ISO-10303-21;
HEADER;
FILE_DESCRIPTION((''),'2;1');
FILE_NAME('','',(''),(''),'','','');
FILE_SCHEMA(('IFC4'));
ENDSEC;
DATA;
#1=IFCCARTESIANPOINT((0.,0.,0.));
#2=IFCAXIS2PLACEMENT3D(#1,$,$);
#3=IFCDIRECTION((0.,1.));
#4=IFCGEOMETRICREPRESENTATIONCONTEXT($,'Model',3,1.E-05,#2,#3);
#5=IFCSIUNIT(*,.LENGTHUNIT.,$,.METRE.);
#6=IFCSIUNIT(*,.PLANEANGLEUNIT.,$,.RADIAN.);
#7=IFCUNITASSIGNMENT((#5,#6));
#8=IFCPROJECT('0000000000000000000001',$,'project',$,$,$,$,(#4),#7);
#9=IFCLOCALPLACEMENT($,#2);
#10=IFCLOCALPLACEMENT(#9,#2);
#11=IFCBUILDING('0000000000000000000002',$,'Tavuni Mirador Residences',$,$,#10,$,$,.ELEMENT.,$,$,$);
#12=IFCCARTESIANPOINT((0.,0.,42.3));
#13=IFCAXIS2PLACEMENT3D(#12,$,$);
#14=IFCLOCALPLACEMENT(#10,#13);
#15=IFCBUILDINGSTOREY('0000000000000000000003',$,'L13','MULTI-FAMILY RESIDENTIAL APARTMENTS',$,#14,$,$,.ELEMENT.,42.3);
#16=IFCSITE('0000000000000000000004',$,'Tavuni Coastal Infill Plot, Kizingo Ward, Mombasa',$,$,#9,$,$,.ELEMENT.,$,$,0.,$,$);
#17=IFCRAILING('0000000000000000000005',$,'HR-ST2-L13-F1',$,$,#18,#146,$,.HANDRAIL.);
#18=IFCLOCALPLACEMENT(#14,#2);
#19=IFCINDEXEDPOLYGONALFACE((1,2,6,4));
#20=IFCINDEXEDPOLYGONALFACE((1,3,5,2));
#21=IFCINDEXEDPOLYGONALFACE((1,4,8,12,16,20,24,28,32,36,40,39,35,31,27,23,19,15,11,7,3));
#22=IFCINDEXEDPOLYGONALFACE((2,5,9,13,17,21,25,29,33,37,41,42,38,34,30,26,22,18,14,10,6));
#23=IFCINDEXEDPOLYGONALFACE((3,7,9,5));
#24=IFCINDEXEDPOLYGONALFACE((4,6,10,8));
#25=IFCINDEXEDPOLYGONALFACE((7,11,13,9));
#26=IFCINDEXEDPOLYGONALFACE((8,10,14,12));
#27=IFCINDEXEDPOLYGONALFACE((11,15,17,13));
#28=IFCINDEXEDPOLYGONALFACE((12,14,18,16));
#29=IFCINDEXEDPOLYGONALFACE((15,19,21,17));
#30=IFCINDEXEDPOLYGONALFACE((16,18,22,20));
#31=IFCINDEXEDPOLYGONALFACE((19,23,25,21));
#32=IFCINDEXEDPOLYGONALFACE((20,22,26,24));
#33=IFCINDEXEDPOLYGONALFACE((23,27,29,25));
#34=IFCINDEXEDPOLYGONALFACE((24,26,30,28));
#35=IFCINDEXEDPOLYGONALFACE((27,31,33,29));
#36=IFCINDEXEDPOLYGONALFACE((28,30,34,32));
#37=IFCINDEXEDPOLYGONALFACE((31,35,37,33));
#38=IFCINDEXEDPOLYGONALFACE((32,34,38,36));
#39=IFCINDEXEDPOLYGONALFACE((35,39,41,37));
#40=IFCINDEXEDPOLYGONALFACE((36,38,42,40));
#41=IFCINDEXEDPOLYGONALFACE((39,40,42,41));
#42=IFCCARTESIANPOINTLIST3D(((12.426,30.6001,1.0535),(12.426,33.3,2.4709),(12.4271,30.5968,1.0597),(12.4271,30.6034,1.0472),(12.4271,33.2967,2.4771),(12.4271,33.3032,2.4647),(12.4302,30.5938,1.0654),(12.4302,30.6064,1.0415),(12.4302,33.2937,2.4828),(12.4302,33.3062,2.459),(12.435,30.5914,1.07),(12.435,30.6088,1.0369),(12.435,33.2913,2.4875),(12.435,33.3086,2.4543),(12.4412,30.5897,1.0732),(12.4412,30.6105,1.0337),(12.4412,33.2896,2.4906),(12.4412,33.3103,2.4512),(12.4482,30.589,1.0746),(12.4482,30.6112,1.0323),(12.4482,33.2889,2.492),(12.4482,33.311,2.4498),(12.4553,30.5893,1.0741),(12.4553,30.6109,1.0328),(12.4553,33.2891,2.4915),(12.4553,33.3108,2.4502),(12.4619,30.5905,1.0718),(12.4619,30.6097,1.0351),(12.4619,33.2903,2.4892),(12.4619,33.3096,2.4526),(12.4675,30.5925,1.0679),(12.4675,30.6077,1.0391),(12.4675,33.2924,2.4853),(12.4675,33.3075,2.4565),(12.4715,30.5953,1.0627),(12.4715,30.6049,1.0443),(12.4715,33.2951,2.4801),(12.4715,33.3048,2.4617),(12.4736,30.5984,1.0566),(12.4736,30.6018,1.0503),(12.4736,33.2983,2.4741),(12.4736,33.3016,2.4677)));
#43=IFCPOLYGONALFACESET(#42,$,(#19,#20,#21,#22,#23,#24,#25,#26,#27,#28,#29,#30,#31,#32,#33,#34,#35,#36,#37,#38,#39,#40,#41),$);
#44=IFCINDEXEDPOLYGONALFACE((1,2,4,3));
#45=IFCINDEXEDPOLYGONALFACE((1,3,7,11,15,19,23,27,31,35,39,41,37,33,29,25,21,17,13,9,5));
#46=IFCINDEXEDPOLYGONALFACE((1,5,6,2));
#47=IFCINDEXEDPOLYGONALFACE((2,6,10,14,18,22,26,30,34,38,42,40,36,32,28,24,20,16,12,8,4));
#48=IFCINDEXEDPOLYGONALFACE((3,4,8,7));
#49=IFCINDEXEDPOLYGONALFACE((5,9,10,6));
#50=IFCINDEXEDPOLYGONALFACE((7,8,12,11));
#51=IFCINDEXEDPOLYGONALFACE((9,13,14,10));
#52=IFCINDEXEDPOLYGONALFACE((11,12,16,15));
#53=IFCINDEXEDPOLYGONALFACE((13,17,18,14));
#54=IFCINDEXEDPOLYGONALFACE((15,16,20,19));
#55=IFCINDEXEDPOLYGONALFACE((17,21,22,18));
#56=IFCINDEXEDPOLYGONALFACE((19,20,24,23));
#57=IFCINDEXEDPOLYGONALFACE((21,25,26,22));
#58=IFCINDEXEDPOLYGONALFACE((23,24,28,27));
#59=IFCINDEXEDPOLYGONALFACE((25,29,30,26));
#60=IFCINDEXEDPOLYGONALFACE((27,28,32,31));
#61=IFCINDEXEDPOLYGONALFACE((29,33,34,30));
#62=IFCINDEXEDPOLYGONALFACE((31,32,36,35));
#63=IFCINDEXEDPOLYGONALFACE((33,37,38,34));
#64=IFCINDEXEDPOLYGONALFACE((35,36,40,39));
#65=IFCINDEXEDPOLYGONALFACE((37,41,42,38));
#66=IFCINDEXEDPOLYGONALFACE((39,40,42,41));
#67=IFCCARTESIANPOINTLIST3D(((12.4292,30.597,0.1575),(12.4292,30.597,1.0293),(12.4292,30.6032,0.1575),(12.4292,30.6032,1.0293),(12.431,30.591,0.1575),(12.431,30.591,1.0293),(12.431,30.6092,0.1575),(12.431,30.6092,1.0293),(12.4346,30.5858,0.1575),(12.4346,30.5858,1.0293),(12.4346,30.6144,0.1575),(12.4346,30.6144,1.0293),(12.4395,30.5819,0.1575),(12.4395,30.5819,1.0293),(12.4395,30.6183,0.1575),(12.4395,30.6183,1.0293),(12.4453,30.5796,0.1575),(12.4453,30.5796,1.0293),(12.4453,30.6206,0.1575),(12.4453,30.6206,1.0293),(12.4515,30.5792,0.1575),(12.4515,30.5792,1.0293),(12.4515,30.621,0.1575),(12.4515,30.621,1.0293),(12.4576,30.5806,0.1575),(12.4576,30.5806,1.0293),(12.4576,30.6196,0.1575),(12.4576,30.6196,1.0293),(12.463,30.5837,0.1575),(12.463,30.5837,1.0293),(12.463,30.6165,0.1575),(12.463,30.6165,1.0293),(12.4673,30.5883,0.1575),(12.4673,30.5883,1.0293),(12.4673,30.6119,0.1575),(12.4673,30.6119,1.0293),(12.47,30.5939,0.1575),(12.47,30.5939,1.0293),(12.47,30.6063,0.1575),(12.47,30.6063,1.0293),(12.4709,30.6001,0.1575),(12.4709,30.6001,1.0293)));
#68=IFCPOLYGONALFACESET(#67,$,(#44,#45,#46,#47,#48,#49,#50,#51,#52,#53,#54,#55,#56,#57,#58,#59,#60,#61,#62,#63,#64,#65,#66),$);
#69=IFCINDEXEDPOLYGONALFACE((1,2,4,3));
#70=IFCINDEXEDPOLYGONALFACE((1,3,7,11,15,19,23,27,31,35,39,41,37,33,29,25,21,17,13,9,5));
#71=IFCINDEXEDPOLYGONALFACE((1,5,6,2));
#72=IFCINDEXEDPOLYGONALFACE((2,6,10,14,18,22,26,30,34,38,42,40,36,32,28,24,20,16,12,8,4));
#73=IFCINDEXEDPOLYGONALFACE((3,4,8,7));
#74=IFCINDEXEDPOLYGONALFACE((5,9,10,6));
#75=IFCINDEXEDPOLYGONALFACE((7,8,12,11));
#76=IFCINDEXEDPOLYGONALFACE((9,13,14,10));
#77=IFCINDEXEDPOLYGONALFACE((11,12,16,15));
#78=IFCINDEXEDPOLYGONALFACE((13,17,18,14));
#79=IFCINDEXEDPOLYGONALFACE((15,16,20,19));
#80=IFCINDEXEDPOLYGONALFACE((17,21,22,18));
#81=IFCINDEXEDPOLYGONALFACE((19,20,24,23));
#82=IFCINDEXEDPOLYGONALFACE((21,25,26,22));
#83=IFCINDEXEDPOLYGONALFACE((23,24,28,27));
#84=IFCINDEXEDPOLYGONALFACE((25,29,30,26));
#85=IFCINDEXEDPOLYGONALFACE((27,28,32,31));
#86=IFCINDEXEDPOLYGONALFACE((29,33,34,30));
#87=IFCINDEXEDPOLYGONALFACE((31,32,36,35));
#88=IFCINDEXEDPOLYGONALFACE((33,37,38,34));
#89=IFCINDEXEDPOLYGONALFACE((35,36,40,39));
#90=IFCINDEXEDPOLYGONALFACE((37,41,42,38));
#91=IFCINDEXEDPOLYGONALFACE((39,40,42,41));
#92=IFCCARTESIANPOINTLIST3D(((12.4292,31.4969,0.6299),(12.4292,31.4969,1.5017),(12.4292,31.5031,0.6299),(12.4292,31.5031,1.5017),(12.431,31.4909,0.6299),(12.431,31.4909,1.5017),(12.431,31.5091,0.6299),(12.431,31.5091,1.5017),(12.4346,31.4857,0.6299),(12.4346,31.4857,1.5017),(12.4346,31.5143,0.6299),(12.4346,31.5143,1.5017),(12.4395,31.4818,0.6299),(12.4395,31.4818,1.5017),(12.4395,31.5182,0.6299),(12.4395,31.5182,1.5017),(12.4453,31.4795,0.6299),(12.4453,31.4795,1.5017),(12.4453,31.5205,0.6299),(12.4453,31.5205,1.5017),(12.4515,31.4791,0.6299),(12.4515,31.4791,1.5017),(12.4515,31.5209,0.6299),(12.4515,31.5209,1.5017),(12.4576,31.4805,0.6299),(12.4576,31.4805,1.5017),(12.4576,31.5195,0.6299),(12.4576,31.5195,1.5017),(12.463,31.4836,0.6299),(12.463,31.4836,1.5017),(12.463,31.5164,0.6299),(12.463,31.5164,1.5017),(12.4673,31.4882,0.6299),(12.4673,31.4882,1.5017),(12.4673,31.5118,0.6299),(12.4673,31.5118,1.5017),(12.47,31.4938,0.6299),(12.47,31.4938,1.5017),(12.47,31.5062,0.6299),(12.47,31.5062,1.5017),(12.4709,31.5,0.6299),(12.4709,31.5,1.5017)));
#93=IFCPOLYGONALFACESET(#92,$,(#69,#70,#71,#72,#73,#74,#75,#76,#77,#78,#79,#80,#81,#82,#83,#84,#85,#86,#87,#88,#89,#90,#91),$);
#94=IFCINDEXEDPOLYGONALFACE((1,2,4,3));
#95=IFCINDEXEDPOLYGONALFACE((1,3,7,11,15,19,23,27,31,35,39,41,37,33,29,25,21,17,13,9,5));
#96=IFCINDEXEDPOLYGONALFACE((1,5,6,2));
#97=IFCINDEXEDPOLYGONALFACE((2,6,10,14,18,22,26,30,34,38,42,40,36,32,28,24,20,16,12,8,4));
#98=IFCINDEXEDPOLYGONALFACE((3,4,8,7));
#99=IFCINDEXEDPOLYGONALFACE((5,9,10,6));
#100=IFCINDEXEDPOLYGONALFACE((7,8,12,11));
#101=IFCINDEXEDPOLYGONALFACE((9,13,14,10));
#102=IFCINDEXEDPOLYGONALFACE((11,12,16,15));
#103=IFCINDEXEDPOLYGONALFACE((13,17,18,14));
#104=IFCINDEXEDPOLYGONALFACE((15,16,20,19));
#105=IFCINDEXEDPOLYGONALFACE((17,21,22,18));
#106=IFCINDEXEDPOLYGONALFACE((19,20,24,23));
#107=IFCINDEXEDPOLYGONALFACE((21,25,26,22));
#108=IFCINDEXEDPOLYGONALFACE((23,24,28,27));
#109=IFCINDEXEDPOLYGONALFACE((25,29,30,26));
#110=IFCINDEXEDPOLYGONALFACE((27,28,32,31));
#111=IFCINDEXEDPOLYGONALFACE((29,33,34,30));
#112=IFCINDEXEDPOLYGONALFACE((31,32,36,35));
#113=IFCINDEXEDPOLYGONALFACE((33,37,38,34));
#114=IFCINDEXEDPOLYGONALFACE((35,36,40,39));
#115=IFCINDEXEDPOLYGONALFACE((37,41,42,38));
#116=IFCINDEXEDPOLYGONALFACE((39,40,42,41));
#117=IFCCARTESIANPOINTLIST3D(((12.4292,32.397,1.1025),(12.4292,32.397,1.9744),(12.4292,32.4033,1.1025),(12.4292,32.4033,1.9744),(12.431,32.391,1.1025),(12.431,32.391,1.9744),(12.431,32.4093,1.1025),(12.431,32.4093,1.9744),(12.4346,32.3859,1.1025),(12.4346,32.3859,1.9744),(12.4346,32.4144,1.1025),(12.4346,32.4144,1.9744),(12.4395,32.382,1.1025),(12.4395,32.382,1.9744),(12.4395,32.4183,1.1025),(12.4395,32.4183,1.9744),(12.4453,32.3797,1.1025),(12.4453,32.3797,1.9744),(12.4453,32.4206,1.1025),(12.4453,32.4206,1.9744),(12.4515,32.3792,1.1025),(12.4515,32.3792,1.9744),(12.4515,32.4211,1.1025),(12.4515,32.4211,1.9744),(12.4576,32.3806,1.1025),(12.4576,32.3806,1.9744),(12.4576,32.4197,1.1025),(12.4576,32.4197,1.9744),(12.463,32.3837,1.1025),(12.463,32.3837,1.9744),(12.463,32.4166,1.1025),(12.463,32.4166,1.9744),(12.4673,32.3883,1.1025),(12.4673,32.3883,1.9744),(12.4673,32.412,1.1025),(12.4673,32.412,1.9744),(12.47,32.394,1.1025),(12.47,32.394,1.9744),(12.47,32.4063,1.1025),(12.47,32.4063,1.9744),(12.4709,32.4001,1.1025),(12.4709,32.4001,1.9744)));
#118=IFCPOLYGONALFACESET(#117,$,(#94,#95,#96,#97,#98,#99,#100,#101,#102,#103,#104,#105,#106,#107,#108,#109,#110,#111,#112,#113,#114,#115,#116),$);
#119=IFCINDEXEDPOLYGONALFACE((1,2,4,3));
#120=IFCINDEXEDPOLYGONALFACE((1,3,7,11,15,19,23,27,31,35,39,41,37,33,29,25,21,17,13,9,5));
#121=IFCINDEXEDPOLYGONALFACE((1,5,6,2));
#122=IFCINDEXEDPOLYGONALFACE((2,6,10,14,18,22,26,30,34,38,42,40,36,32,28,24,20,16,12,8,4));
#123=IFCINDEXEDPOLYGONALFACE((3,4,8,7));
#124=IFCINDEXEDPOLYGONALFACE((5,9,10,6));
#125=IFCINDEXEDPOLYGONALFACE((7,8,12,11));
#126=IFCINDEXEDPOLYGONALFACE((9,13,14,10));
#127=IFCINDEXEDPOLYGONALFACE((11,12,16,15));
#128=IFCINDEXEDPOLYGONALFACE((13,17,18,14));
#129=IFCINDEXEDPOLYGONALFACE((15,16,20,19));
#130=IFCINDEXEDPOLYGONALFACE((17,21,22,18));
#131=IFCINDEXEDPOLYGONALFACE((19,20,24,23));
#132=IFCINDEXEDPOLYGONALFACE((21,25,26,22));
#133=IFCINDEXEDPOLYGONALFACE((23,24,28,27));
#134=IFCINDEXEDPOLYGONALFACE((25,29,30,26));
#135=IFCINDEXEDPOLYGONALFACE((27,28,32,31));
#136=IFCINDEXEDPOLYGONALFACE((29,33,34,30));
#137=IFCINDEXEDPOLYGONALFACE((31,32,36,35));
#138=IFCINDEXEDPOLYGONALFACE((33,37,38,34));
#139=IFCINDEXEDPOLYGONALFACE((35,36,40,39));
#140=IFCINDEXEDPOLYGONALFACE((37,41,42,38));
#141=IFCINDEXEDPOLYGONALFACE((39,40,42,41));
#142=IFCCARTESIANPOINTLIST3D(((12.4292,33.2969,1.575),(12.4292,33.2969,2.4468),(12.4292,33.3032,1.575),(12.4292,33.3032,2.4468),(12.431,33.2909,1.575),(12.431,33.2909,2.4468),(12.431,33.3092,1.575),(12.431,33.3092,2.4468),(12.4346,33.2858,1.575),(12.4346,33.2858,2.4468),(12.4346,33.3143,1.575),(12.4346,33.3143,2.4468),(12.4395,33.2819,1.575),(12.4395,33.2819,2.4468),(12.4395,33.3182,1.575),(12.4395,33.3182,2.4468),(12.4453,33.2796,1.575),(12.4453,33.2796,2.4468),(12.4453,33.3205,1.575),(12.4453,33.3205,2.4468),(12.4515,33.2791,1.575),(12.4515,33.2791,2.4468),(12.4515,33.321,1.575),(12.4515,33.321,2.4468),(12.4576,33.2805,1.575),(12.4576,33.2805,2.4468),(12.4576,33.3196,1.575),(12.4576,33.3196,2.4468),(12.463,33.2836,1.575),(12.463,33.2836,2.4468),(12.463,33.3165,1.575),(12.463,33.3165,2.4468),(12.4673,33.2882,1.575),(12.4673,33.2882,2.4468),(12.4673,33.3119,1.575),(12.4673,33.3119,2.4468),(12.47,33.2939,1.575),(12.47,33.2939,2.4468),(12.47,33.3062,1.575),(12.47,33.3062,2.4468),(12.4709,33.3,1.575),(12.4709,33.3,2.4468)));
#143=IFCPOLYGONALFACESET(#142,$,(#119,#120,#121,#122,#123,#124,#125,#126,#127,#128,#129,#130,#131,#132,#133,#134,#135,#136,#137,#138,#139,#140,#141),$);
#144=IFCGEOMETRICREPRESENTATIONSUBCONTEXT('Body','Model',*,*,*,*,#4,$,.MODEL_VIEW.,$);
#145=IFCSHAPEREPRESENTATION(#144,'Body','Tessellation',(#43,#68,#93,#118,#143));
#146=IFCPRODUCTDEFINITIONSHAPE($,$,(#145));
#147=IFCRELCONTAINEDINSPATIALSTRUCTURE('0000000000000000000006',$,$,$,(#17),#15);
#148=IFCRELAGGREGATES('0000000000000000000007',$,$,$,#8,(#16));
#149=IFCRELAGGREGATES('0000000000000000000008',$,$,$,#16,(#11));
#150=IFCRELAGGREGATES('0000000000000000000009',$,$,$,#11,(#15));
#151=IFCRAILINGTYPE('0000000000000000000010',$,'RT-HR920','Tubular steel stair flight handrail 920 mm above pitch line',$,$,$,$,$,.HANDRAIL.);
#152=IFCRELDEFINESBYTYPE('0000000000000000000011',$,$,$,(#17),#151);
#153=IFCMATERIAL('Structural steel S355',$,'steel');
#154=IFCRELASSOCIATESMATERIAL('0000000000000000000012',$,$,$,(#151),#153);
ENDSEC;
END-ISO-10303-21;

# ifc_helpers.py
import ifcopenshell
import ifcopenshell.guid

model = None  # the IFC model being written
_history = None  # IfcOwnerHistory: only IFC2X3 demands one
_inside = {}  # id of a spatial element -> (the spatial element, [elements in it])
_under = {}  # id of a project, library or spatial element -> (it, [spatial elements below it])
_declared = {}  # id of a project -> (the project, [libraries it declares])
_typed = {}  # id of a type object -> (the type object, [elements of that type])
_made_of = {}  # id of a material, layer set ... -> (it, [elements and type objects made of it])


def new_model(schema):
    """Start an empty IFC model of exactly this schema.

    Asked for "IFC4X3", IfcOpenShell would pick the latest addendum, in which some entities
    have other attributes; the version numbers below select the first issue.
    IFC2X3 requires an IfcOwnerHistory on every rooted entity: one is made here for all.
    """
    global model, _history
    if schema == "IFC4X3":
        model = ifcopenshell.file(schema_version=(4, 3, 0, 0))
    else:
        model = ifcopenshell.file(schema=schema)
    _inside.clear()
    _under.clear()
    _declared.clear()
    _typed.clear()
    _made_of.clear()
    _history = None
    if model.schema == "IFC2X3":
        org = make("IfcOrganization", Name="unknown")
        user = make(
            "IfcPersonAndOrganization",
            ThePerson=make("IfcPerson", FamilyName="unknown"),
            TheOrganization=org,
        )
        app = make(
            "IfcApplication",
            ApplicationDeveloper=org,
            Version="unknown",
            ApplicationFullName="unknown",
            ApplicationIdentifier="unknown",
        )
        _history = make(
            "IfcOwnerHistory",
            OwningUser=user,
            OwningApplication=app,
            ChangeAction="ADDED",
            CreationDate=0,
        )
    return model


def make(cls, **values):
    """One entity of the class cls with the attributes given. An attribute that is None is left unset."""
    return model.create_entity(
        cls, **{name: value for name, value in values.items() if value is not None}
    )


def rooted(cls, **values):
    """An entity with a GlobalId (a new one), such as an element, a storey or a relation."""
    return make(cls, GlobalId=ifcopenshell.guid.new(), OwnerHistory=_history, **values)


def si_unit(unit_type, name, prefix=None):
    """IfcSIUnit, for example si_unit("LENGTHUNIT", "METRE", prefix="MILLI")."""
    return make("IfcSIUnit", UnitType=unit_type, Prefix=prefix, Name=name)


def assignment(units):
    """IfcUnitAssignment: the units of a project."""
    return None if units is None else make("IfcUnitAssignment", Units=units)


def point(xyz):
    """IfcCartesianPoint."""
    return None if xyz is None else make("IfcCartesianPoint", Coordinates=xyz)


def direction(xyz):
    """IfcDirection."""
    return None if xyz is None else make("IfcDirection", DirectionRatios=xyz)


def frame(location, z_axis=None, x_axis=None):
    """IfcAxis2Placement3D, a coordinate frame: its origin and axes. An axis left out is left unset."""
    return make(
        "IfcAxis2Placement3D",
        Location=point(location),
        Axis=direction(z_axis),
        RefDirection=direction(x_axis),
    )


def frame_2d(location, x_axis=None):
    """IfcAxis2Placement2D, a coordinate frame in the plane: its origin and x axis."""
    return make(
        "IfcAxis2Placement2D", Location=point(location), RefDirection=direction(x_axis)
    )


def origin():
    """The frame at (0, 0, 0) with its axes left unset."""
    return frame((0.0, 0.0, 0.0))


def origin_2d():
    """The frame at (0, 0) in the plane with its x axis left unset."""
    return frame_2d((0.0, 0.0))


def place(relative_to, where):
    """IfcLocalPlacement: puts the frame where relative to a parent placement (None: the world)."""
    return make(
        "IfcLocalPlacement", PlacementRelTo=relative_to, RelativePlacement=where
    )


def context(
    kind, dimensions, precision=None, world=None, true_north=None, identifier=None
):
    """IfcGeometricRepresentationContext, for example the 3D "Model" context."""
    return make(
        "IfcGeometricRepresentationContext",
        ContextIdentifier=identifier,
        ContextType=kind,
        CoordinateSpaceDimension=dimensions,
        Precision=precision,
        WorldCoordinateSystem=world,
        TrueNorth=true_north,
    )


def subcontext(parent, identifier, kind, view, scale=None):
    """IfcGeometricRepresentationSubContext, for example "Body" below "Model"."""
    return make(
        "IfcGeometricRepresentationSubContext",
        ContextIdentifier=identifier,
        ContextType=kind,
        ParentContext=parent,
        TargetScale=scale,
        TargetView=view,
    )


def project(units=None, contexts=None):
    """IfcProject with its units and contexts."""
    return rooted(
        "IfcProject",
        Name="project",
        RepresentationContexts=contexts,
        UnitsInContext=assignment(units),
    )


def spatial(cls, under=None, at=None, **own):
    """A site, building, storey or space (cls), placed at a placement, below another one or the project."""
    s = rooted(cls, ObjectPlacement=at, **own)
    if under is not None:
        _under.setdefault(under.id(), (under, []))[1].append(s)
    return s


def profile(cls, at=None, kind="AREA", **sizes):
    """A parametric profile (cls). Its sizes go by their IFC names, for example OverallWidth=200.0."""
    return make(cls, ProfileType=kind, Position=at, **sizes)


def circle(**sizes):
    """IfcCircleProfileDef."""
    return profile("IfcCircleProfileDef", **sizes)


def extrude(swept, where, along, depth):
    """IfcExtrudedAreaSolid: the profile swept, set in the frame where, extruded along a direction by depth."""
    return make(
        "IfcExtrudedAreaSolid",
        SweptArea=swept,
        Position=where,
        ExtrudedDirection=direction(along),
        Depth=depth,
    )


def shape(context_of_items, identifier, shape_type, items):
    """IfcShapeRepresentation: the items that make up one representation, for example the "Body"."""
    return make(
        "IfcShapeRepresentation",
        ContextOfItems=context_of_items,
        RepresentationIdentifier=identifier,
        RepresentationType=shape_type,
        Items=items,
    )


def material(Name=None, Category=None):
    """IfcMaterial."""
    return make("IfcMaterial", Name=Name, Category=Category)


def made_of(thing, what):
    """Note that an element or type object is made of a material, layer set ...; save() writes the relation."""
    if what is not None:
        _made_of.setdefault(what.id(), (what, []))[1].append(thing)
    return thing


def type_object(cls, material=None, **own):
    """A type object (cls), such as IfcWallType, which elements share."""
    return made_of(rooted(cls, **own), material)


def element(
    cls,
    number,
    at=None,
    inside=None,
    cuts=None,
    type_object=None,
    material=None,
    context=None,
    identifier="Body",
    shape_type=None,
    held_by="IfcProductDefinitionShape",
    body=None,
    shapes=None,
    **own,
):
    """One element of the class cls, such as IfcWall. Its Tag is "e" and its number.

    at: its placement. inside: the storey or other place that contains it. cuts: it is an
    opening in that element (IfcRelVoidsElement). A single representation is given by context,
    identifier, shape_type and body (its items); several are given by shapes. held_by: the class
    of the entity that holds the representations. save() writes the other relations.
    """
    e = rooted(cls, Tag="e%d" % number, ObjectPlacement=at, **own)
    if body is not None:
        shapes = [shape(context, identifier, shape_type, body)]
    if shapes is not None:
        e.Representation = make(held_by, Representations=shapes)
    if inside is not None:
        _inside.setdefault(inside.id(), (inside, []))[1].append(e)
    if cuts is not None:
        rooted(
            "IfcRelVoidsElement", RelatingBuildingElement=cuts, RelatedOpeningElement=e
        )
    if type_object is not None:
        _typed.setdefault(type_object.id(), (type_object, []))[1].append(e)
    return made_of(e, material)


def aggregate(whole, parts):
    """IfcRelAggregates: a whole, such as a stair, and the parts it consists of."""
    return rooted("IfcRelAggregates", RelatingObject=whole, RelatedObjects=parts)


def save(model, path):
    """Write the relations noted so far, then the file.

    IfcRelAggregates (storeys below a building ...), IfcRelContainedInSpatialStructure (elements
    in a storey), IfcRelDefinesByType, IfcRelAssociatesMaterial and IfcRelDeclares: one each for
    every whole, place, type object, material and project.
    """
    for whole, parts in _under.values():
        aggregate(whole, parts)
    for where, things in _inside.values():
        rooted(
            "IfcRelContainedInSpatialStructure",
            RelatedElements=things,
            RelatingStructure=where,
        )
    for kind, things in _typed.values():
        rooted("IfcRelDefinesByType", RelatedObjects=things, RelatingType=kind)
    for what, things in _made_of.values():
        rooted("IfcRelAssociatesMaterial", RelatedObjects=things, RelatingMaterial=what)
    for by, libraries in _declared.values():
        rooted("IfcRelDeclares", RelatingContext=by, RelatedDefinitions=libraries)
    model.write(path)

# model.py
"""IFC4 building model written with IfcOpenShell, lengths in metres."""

from ifc_helpers import new_model, si_unit, direction, frame, origin, origin_2d, place, context, subcontext, project, spatial, circle, extrude, material, type_object, element, save


model = new_model("IFC4")

# Units and contexts
model_context = context("Model", 3, precision=1e-05, world=origin(), true_north=direction((0.0, 1.0)))
body_context = subcontext(model_context, "Body", "Model", "MODEL_VIEW")
ifc_project = project(units=[si_unit("LENGTHUNIT", "METRE"), si_unit("PLANEANGLEUNIT", "RADIAN")], contexts=[model_context])

# Site, building, storey
site_placement = place(None, origin())
site = spatial("IfcSite", under=ifc_project, at=site_placement, Name="Tavuni Coastal Infill Plot, Kizingo Ward, Mombasa", CompositionType="ELEMENT", RefElevation=0.0)
building_placement = place(site_placement, origin())
building = spatial("IfcBuilding", under=site, at=building_placement, Name="Tavuni Mirador Residences", CompositionType="ELEMENT")
storey_placement = place(building_placement, frame((0.0, 0.0, 42.3)))
storey = spatial("IfcBuildingStorey", under=building, at=storey_placement, Name="L13", Description="MULTI-FAMILY RESIDENTIAL APARTMENTS", CompositionType="ELEMENT", Elevation=42.3)

# Railing
ifc_material_1 = material(Name="Structural steel S355", Category="steel")
railing_type_1 = type_object("IfcRailingType", Name="RT-HR920", Description="Tubular steel stair flight handrail 920 mm above pitch line", PredefinedType="HANDRAIL", material=ifc_material_1)
railing_1_placement = place(storey_placement, frame((12.45, 30.6001, 0.1575)))
element("IfcRailing", 1, at=railing_1_placement, inside=storey, type_object=railing_type_1, Name="HR-ST2-L13-F1", PredefinedType="HANDRAIL", context=body_context, shape_type="SweptSolid", body=[
    extrude(circle(Radius=0.0239, at=origin_2d()), frame((0.0, 0.0, 0.896), z_axis=(0.0, 0.885397, 0.464835), x_axis=(-1.0, 0.0, 0.0)), (0.0, 0.0, 1.0), 3.0493),
    extrude(circle(Radius=0.021, at=origin_2d()), origin(), (0.0, 0.0, 1.0), 0.8718),
    extrude(circle(Radius=0.021, at=origin_2d()), frame((0.0, 0.8999, 0.4724)), (0.0, 0.0, 1.0), 0.8718),
    extrude(circle(Radius=0.021, at=origin_2d()), frame((0.0, 1.8, 0.9451)), (0.0, 0.0, 1.0), 0.8718),
    extrude(circle(Radius=0.021, at=origin_2d()), frame((0.0, 2.7, 1.4175)), (0.0, 0.0, 1.0), 0.8718),
])

save(model, "model.ifc")
